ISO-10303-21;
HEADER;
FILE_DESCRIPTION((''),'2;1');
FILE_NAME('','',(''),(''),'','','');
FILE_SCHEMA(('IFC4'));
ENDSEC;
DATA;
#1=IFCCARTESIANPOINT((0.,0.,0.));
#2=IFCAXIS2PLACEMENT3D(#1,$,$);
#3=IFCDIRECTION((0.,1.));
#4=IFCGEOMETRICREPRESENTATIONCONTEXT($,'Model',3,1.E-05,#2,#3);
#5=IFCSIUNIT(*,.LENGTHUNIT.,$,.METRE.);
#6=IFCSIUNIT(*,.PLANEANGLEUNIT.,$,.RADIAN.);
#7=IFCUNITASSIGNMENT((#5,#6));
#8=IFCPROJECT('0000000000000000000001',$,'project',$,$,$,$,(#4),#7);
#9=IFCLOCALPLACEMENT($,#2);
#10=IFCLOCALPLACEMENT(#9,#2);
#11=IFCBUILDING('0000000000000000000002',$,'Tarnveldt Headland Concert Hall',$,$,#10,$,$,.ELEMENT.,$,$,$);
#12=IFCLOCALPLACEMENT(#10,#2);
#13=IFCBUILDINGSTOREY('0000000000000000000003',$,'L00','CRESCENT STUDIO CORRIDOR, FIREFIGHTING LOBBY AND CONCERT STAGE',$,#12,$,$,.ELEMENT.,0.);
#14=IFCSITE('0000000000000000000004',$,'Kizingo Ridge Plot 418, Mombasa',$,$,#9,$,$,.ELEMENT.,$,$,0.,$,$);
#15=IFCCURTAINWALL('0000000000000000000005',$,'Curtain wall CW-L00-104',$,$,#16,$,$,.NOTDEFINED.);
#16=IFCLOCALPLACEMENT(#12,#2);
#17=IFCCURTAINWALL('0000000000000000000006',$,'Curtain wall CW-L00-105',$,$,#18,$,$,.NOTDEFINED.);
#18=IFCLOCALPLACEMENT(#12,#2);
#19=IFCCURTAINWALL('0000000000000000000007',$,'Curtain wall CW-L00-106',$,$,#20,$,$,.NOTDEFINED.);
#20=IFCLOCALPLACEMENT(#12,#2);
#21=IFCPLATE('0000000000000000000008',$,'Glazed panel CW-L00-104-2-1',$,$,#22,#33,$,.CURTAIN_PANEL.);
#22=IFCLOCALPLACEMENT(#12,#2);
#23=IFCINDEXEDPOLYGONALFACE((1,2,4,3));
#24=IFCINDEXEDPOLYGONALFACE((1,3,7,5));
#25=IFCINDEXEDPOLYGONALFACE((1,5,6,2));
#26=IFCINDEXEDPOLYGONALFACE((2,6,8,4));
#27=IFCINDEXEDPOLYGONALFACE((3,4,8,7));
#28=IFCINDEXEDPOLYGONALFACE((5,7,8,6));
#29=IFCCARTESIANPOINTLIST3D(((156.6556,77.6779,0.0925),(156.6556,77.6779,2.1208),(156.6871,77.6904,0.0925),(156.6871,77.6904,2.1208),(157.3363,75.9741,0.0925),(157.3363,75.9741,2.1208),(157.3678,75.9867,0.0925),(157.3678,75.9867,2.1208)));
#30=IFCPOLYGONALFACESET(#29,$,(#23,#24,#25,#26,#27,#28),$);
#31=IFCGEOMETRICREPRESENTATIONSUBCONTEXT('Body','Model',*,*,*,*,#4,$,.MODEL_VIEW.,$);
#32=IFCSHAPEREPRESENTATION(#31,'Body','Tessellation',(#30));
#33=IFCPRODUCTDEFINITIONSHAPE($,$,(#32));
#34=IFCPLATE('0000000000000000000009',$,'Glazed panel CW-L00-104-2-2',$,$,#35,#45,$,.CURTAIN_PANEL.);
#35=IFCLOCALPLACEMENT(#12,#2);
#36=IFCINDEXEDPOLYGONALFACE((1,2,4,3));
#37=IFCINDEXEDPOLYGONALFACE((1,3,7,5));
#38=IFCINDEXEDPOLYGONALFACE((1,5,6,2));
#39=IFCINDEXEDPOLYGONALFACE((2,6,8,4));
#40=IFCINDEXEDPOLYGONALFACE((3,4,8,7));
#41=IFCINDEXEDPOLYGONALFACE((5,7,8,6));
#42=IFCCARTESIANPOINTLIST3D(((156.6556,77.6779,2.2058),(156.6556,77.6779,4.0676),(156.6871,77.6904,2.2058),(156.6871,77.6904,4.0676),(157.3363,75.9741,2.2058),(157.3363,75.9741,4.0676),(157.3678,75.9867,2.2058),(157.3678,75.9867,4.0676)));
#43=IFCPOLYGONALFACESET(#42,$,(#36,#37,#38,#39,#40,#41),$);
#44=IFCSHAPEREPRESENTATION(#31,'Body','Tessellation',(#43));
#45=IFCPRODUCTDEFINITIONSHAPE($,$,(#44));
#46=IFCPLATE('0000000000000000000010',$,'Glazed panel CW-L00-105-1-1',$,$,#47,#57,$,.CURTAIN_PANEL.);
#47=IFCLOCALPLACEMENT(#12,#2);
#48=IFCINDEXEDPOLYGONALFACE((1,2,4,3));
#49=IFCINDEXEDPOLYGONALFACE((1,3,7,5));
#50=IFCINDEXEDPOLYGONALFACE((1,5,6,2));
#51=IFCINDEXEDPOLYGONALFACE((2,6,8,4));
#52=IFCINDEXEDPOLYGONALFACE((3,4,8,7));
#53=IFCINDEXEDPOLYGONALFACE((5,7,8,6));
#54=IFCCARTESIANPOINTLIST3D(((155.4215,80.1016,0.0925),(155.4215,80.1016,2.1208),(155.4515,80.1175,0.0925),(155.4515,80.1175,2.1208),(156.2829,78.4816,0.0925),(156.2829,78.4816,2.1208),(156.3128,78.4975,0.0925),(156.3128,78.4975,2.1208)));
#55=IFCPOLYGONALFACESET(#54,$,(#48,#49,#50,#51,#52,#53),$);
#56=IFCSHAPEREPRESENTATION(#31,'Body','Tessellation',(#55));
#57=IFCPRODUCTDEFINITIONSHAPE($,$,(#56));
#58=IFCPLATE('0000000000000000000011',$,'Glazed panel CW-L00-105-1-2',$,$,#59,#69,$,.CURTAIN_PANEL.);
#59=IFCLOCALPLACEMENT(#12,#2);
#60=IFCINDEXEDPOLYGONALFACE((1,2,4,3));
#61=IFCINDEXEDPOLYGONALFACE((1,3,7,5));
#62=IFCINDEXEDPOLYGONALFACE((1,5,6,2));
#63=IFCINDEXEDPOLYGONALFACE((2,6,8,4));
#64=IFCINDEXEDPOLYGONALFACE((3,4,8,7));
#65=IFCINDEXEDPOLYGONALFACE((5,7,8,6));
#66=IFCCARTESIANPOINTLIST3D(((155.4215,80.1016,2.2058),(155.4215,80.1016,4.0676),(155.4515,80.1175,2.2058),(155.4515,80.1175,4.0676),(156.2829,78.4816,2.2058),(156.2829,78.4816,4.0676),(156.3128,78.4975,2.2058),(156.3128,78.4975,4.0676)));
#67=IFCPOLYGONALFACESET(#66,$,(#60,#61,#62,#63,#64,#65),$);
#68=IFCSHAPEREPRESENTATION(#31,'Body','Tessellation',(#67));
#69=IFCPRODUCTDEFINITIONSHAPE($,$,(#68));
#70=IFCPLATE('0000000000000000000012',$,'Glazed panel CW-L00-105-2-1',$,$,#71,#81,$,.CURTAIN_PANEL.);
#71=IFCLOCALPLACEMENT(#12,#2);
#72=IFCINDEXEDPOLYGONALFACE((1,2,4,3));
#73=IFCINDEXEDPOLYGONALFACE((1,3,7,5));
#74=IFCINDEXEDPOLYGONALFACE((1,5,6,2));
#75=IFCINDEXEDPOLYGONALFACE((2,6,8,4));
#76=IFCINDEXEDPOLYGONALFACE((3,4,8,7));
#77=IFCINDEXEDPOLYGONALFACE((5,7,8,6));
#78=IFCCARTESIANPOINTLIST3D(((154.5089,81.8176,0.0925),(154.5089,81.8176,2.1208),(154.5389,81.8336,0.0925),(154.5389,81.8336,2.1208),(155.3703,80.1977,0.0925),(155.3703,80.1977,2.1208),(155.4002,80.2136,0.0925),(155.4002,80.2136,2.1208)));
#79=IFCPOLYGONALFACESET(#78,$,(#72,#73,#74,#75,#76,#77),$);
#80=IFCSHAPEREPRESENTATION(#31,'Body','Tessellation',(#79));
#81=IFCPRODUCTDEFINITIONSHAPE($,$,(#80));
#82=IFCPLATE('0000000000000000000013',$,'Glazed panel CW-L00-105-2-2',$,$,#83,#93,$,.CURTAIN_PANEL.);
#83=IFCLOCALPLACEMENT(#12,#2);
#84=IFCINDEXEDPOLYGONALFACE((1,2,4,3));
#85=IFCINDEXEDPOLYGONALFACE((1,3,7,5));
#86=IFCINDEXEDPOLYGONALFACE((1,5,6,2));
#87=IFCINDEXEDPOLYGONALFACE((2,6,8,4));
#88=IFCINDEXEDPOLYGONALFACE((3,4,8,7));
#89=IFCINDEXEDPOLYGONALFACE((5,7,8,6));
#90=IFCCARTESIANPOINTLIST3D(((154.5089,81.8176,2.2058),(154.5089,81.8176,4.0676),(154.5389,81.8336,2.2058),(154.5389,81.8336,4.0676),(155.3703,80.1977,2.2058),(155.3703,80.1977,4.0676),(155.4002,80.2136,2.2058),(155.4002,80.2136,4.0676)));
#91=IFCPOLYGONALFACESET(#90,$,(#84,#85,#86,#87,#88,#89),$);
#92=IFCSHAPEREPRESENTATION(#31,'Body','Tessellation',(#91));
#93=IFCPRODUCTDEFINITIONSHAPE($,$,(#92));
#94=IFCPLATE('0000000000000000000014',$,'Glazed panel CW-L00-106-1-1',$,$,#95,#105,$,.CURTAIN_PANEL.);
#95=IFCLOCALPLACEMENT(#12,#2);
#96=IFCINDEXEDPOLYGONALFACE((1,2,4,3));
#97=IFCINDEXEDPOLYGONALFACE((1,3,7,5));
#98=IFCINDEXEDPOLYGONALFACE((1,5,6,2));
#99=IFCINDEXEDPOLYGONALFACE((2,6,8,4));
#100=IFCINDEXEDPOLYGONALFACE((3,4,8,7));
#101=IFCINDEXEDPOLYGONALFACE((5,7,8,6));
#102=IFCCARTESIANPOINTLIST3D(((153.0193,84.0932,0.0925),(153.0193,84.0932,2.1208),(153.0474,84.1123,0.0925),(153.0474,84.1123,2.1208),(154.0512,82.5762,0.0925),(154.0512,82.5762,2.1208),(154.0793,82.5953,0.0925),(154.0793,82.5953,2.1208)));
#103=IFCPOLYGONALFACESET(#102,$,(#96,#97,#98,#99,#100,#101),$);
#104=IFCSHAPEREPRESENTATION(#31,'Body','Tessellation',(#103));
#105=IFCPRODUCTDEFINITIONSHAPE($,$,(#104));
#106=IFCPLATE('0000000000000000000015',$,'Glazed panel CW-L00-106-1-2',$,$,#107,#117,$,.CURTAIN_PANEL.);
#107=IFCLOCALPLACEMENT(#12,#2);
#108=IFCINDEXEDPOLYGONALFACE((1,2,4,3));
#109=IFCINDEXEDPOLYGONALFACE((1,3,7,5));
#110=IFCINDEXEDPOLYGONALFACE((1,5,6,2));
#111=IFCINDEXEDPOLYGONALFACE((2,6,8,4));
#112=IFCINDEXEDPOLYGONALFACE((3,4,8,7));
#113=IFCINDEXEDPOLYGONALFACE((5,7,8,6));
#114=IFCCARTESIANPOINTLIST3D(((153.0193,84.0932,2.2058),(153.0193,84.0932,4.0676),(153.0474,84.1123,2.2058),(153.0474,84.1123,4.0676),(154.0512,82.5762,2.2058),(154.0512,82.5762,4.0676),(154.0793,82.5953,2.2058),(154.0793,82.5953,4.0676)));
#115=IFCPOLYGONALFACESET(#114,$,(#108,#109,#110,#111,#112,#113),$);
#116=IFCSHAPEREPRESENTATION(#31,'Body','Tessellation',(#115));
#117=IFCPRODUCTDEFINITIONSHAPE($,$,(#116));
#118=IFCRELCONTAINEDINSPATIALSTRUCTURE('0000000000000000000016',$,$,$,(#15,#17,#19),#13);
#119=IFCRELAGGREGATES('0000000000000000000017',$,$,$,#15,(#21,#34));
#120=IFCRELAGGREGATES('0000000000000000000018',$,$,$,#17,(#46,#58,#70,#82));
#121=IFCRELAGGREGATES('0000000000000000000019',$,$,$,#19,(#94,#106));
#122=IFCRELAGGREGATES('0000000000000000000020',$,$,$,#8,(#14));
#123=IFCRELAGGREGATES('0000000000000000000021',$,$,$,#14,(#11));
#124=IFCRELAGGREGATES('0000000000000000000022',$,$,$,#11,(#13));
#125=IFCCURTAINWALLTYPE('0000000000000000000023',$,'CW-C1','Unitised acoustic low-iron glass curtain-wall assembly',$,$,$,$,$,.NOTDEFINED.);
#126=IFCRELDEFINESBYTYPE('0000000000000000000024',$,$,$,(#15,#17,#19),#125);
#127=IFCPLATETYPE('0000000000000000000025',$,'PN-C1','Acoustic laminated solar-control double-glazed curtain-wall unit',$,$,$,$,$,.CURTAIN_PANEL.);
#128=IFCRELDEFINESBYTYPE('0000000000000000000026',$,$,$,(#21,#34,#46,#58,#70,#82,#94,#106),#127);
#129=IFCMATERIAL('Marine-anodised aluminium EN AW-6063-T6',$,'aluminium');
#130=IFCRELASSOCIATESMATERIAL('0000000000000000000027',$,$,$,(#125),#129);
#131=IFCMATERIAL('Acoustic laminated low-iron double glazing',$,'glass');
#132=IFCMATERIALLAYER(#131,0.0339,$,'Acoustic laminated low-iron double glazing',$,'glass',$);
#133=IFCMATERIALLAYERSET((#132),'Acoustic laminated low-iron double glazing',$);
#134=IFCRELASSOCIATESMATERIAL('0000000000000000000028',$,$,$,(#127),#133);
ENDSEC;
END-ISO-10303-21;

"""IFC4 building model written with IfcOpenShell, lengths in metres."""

from ifc_helpers import new_model, si_unit, direction, frame, origin, origin_2d, place, context, subcontext, project, spatial, rectangle, extrude, material, layer, layer_set, type_object, element, aggregate, save


model = new_model("IFC4")

# Units and contexts
model_context = context("Model", 3, precision=1e-05, world=origin(), true_north=direction((0.0, 1.0)))
body_context = subcontext(model_context, "Body", "Model", "MODEL_VIEW")
ifc_project = project(units=[si_unit("LENGTHUNIT", "METRE"), si_unit("PLANEANGLEUNIT", "RADIAN")], contexts=[model_context])

# Site, building, storey
site_placement = place(None, origin())
site = spatial("IfcSite", under=ifc_project, at=site_placement, Name="Kizingo Ridge Plot 418, Mombasa", CompositionType="ELEMENT", RefElevation=0.0)
building_placement = place(site_placement, origin())
building = spatial("IfcBuilding", under=site, at=building_placement, Name="Tarnveldt Headland Concert Hall", CompositionType="ELEMENT")
storey_placement = place(building_placement, origin())
storey = spatial("IfcBuildingStorey", under=building, at=storey_placement, Name="L00", Description="CRESCENT STUDIO CORRIDOR, FIREFIGHTING LOBBY AND CONCERT STAGE", CompositionType="ELEMENT", Elevation=0.0)

# Curtain wall
ifc_material_1 = material(Name="Marine-anodised aluminium EN AW-6063-T6", Category="aluminium")
curtain_wall_type = type_object("IfcCurtainWallType", Name="CW-C1", Description="Unitised acoustic low-iron glass curtain-wall assembly", PredefinedType="NOTDEFINED", material=ifc_material_1)
curtain_wall_1_placement = place(storey_placement, origin())
curtain_wall_1 = element("IfcCurtainWall", 1, at=curtain_wall_1_placement, inside=storey, type_object=curtain_wall_type, Name="Curtain wall CW-L00-104", PredefinedType="NOTDEFINED")

# Curtain walls
curtain_wall_2_placement = place(storey_placement, origin())
curtain_wall_2 = element("IfcCurtainWall", 2, at=curtain_wall_2_placement, inside=storey, type_object=curtain_wall_type, Name="Curtain wall CW-L00-105", PredefinedType="NOTDEFINED")
curtain_wall_3_placement = place(storey_placement, origin())
curtain_wall_3 = element("IfcCurtainWall", 3, at=curtain_wall_3_placement, inside=storey, type_object=curtain_wall_type, Name="Curtain wall CW-L00-106", PredefinedType="NOTDEFINED")

# Plates
ifc_material_2 = material(Name="Acoustic laminated low-iron double glazing", Category="glass")
ifc_layer = layer(ifc_material_2, 0.0339, Name="Acoustic laminated low-iron double glazing", Category="glass")
ifc_layer_set = layer_set([ifc_layer], Name="Acoustic laminated low-iron double glazing")
plate_type = type_object("IfcPlateType", Name="PN-C1", Description="Acoustic laminated solar-control double-glazed curtain-wall unit", PredefinedType="CURTAIN_PANEL", material=ifc_layer_set)
plate_1_placement = place(storey_placement, frame((157.0117, 76.8323, 0.0925), z_axis=(0.0, 0.0, 1.0), x_axis=(-0.371028, 0.928622, 0.0)))
plate_1 = element("IfcPlate", 4, at=plate_1_placement, type_object=plate_type, Name="Glazed panel CW-L00-104-2-1", PredefinedType="CURTAIN_PANEL", context=body_context, shape_type="SweptSolid", body=[
    extrude(rectangle(XDim=1.8347, YDim=0.0339, at=origin_2d()), origin(), (0.0, 0.0, 1.0), 2.0283),
])
plate_2_placement = place(storey_placement, frame((157.0117, 76.8323, 2.2058), z_axis=(0.0, 0.0, 1.0), x_axis=(-0.371028, 0.928622, 0.0)))
plate_2 = element("IfcPlate", 5, at=plate_2_placement, type_object=plate_type, Name="Glazed panel CW-L00-104-2-2", PredefinedType="CURTAIN_PANEL", context=body_context, shape_type="SweptSolid", body=[
    extrude(rectangle(XDim=1.8347, YDim=0.0339, at=origin_2d()), origin(), (0.0, 0.0, 1.0), 1.8618),
])
aggregate(curtain_wall_1, [plate_1, plate_2])
plate_3_placement = place(storey_placement, frame((155.8672, 79.2996, 0.0925), z_axis=(0.0, 0.0, 1.0), x_axis=(-0.469472, 0.882948, 0.0)))
plate_3 = element("IfcPlate", 6, at=plate_3_placement, type_object=plate_type, Name="Glazed panel CW-L00-105-1-1", PredefinedType="CURTAIN_PANEL", context=body_context, shape_type="SweptSolid", body=[
    extrude(rectangle(XDim=1.8347, YDim=0.0339, at=origin_2d()), origin(), (0.0, 0.0, 1.0), 2.0283),
])
plate_4_placement = place(storey_placement, frame((155.8672, 79.2996, 2.2058), z_axis=(0.0, 0.0, 1.0), x_axis=(-0.469472, 0.882948, 0.0)))
plate_4 = element("IfcPlate", 7, at=plate_4_placement, type_object=plate_type, Name="Glazed panel CW-L00-105-1-2", PredefinedType="CURTAIN_PANEL", context=body_context, shape_type="SweptSolid", body=[
    extrude(rectangle(XDim=1.8347, YDim=0.0339, at=origin_2d()), origin(), (0.0, 0.0, 1.0), 1.8618),
])
plate_5_placement = place(storey_placement, frame((154.9546, 81.0156, 0.0925), z_axis=(0.0, 0.0, 1.0), x_axis=(-0.469472, 0.882948, 0.0)))
plate_5 = element("IfcPlate", 8, at=plate_5_placement, type_object=plate_type, Name="Glazed panel CW-L00-105-2-1", PredefinedType="CURTAIN_PANEL", context=body_context, shape_type="SweptSolid", body=[
    extrude(rectangle(XDim=1.8347, YDim=0.0339, at=origin_2d()), origin(), (0.0, 0.0, 1.0), 2.0283),
])
plate_6_placement = place(storey_placement, frame((154.9546, 81.0156, 2.2058), z_axis=(0.0, 0.0, 1.0), x_axis=(-0.469472, 0.882948, 0.0)))
plate_6 = element("IfcPlate", 9, at=plate_6_placement, type_object=plate_type, Name="Glazed panel CW-L00-105-2-2", PredefinedType="CURTAIN_PANEL", context=body_context, shape_type="SweptSolid", body=[
    extrude(rectangle(XDim=1.8347, YDim=0.0339, at=origin_2d()), origin(), (0.0, 0.0, 1.0), 1.8618),
])
aggregate(curtain_wall_2, [plate_3, plate_4, plate_5, plate_6])
plate_7_placement = place(storey_placement, frame((153.5493, 83.3442, 0.0925), z_axis=(0.0, 0.0, 1.0), x_axis=(-0.56243, 0.826845, 0.0)))
plate_7 = element("IfcPlate", 10, at=plate_7_placement, type_object=plate_type, Name="Glazed panel CW-L00-106-1-1", PredefinedType="CURTAIN_PANEL", context=body_context, shape_type="SweptSolid", body=[
    extrude(rectangle(XDim=1.8347, YDim=0.0339, at=origin_2d()), origin(), (0.0, 0.0, 1.0), 2.0283),
])
plate_8_placement = place(storey_placement, frame((153.5493, 83.3442, 2.2058), z_axis=(0.0, 0.0, 1.0), x_axis=(-0.56243, 0.826845, 0.0)))
plate_8 = element("IfcPlate", 11, at=plate_8_placement, type_object=plate_type, Name="Glazed panel CW-L00-106-1-2", PredefinedType="CURTAIN_PANEL", context=body_context, shape_type="SweptSolid", body=[
    extrude(rectangle(XDim=1.8347, YDim=0.0339, at=origin_2d()), origin(), (0.0, 0.0, 1.0), 1.8618),
])
aggregate(curtain_wall_3, [plate_7, plate_8])

save(model, "model.ifc")
